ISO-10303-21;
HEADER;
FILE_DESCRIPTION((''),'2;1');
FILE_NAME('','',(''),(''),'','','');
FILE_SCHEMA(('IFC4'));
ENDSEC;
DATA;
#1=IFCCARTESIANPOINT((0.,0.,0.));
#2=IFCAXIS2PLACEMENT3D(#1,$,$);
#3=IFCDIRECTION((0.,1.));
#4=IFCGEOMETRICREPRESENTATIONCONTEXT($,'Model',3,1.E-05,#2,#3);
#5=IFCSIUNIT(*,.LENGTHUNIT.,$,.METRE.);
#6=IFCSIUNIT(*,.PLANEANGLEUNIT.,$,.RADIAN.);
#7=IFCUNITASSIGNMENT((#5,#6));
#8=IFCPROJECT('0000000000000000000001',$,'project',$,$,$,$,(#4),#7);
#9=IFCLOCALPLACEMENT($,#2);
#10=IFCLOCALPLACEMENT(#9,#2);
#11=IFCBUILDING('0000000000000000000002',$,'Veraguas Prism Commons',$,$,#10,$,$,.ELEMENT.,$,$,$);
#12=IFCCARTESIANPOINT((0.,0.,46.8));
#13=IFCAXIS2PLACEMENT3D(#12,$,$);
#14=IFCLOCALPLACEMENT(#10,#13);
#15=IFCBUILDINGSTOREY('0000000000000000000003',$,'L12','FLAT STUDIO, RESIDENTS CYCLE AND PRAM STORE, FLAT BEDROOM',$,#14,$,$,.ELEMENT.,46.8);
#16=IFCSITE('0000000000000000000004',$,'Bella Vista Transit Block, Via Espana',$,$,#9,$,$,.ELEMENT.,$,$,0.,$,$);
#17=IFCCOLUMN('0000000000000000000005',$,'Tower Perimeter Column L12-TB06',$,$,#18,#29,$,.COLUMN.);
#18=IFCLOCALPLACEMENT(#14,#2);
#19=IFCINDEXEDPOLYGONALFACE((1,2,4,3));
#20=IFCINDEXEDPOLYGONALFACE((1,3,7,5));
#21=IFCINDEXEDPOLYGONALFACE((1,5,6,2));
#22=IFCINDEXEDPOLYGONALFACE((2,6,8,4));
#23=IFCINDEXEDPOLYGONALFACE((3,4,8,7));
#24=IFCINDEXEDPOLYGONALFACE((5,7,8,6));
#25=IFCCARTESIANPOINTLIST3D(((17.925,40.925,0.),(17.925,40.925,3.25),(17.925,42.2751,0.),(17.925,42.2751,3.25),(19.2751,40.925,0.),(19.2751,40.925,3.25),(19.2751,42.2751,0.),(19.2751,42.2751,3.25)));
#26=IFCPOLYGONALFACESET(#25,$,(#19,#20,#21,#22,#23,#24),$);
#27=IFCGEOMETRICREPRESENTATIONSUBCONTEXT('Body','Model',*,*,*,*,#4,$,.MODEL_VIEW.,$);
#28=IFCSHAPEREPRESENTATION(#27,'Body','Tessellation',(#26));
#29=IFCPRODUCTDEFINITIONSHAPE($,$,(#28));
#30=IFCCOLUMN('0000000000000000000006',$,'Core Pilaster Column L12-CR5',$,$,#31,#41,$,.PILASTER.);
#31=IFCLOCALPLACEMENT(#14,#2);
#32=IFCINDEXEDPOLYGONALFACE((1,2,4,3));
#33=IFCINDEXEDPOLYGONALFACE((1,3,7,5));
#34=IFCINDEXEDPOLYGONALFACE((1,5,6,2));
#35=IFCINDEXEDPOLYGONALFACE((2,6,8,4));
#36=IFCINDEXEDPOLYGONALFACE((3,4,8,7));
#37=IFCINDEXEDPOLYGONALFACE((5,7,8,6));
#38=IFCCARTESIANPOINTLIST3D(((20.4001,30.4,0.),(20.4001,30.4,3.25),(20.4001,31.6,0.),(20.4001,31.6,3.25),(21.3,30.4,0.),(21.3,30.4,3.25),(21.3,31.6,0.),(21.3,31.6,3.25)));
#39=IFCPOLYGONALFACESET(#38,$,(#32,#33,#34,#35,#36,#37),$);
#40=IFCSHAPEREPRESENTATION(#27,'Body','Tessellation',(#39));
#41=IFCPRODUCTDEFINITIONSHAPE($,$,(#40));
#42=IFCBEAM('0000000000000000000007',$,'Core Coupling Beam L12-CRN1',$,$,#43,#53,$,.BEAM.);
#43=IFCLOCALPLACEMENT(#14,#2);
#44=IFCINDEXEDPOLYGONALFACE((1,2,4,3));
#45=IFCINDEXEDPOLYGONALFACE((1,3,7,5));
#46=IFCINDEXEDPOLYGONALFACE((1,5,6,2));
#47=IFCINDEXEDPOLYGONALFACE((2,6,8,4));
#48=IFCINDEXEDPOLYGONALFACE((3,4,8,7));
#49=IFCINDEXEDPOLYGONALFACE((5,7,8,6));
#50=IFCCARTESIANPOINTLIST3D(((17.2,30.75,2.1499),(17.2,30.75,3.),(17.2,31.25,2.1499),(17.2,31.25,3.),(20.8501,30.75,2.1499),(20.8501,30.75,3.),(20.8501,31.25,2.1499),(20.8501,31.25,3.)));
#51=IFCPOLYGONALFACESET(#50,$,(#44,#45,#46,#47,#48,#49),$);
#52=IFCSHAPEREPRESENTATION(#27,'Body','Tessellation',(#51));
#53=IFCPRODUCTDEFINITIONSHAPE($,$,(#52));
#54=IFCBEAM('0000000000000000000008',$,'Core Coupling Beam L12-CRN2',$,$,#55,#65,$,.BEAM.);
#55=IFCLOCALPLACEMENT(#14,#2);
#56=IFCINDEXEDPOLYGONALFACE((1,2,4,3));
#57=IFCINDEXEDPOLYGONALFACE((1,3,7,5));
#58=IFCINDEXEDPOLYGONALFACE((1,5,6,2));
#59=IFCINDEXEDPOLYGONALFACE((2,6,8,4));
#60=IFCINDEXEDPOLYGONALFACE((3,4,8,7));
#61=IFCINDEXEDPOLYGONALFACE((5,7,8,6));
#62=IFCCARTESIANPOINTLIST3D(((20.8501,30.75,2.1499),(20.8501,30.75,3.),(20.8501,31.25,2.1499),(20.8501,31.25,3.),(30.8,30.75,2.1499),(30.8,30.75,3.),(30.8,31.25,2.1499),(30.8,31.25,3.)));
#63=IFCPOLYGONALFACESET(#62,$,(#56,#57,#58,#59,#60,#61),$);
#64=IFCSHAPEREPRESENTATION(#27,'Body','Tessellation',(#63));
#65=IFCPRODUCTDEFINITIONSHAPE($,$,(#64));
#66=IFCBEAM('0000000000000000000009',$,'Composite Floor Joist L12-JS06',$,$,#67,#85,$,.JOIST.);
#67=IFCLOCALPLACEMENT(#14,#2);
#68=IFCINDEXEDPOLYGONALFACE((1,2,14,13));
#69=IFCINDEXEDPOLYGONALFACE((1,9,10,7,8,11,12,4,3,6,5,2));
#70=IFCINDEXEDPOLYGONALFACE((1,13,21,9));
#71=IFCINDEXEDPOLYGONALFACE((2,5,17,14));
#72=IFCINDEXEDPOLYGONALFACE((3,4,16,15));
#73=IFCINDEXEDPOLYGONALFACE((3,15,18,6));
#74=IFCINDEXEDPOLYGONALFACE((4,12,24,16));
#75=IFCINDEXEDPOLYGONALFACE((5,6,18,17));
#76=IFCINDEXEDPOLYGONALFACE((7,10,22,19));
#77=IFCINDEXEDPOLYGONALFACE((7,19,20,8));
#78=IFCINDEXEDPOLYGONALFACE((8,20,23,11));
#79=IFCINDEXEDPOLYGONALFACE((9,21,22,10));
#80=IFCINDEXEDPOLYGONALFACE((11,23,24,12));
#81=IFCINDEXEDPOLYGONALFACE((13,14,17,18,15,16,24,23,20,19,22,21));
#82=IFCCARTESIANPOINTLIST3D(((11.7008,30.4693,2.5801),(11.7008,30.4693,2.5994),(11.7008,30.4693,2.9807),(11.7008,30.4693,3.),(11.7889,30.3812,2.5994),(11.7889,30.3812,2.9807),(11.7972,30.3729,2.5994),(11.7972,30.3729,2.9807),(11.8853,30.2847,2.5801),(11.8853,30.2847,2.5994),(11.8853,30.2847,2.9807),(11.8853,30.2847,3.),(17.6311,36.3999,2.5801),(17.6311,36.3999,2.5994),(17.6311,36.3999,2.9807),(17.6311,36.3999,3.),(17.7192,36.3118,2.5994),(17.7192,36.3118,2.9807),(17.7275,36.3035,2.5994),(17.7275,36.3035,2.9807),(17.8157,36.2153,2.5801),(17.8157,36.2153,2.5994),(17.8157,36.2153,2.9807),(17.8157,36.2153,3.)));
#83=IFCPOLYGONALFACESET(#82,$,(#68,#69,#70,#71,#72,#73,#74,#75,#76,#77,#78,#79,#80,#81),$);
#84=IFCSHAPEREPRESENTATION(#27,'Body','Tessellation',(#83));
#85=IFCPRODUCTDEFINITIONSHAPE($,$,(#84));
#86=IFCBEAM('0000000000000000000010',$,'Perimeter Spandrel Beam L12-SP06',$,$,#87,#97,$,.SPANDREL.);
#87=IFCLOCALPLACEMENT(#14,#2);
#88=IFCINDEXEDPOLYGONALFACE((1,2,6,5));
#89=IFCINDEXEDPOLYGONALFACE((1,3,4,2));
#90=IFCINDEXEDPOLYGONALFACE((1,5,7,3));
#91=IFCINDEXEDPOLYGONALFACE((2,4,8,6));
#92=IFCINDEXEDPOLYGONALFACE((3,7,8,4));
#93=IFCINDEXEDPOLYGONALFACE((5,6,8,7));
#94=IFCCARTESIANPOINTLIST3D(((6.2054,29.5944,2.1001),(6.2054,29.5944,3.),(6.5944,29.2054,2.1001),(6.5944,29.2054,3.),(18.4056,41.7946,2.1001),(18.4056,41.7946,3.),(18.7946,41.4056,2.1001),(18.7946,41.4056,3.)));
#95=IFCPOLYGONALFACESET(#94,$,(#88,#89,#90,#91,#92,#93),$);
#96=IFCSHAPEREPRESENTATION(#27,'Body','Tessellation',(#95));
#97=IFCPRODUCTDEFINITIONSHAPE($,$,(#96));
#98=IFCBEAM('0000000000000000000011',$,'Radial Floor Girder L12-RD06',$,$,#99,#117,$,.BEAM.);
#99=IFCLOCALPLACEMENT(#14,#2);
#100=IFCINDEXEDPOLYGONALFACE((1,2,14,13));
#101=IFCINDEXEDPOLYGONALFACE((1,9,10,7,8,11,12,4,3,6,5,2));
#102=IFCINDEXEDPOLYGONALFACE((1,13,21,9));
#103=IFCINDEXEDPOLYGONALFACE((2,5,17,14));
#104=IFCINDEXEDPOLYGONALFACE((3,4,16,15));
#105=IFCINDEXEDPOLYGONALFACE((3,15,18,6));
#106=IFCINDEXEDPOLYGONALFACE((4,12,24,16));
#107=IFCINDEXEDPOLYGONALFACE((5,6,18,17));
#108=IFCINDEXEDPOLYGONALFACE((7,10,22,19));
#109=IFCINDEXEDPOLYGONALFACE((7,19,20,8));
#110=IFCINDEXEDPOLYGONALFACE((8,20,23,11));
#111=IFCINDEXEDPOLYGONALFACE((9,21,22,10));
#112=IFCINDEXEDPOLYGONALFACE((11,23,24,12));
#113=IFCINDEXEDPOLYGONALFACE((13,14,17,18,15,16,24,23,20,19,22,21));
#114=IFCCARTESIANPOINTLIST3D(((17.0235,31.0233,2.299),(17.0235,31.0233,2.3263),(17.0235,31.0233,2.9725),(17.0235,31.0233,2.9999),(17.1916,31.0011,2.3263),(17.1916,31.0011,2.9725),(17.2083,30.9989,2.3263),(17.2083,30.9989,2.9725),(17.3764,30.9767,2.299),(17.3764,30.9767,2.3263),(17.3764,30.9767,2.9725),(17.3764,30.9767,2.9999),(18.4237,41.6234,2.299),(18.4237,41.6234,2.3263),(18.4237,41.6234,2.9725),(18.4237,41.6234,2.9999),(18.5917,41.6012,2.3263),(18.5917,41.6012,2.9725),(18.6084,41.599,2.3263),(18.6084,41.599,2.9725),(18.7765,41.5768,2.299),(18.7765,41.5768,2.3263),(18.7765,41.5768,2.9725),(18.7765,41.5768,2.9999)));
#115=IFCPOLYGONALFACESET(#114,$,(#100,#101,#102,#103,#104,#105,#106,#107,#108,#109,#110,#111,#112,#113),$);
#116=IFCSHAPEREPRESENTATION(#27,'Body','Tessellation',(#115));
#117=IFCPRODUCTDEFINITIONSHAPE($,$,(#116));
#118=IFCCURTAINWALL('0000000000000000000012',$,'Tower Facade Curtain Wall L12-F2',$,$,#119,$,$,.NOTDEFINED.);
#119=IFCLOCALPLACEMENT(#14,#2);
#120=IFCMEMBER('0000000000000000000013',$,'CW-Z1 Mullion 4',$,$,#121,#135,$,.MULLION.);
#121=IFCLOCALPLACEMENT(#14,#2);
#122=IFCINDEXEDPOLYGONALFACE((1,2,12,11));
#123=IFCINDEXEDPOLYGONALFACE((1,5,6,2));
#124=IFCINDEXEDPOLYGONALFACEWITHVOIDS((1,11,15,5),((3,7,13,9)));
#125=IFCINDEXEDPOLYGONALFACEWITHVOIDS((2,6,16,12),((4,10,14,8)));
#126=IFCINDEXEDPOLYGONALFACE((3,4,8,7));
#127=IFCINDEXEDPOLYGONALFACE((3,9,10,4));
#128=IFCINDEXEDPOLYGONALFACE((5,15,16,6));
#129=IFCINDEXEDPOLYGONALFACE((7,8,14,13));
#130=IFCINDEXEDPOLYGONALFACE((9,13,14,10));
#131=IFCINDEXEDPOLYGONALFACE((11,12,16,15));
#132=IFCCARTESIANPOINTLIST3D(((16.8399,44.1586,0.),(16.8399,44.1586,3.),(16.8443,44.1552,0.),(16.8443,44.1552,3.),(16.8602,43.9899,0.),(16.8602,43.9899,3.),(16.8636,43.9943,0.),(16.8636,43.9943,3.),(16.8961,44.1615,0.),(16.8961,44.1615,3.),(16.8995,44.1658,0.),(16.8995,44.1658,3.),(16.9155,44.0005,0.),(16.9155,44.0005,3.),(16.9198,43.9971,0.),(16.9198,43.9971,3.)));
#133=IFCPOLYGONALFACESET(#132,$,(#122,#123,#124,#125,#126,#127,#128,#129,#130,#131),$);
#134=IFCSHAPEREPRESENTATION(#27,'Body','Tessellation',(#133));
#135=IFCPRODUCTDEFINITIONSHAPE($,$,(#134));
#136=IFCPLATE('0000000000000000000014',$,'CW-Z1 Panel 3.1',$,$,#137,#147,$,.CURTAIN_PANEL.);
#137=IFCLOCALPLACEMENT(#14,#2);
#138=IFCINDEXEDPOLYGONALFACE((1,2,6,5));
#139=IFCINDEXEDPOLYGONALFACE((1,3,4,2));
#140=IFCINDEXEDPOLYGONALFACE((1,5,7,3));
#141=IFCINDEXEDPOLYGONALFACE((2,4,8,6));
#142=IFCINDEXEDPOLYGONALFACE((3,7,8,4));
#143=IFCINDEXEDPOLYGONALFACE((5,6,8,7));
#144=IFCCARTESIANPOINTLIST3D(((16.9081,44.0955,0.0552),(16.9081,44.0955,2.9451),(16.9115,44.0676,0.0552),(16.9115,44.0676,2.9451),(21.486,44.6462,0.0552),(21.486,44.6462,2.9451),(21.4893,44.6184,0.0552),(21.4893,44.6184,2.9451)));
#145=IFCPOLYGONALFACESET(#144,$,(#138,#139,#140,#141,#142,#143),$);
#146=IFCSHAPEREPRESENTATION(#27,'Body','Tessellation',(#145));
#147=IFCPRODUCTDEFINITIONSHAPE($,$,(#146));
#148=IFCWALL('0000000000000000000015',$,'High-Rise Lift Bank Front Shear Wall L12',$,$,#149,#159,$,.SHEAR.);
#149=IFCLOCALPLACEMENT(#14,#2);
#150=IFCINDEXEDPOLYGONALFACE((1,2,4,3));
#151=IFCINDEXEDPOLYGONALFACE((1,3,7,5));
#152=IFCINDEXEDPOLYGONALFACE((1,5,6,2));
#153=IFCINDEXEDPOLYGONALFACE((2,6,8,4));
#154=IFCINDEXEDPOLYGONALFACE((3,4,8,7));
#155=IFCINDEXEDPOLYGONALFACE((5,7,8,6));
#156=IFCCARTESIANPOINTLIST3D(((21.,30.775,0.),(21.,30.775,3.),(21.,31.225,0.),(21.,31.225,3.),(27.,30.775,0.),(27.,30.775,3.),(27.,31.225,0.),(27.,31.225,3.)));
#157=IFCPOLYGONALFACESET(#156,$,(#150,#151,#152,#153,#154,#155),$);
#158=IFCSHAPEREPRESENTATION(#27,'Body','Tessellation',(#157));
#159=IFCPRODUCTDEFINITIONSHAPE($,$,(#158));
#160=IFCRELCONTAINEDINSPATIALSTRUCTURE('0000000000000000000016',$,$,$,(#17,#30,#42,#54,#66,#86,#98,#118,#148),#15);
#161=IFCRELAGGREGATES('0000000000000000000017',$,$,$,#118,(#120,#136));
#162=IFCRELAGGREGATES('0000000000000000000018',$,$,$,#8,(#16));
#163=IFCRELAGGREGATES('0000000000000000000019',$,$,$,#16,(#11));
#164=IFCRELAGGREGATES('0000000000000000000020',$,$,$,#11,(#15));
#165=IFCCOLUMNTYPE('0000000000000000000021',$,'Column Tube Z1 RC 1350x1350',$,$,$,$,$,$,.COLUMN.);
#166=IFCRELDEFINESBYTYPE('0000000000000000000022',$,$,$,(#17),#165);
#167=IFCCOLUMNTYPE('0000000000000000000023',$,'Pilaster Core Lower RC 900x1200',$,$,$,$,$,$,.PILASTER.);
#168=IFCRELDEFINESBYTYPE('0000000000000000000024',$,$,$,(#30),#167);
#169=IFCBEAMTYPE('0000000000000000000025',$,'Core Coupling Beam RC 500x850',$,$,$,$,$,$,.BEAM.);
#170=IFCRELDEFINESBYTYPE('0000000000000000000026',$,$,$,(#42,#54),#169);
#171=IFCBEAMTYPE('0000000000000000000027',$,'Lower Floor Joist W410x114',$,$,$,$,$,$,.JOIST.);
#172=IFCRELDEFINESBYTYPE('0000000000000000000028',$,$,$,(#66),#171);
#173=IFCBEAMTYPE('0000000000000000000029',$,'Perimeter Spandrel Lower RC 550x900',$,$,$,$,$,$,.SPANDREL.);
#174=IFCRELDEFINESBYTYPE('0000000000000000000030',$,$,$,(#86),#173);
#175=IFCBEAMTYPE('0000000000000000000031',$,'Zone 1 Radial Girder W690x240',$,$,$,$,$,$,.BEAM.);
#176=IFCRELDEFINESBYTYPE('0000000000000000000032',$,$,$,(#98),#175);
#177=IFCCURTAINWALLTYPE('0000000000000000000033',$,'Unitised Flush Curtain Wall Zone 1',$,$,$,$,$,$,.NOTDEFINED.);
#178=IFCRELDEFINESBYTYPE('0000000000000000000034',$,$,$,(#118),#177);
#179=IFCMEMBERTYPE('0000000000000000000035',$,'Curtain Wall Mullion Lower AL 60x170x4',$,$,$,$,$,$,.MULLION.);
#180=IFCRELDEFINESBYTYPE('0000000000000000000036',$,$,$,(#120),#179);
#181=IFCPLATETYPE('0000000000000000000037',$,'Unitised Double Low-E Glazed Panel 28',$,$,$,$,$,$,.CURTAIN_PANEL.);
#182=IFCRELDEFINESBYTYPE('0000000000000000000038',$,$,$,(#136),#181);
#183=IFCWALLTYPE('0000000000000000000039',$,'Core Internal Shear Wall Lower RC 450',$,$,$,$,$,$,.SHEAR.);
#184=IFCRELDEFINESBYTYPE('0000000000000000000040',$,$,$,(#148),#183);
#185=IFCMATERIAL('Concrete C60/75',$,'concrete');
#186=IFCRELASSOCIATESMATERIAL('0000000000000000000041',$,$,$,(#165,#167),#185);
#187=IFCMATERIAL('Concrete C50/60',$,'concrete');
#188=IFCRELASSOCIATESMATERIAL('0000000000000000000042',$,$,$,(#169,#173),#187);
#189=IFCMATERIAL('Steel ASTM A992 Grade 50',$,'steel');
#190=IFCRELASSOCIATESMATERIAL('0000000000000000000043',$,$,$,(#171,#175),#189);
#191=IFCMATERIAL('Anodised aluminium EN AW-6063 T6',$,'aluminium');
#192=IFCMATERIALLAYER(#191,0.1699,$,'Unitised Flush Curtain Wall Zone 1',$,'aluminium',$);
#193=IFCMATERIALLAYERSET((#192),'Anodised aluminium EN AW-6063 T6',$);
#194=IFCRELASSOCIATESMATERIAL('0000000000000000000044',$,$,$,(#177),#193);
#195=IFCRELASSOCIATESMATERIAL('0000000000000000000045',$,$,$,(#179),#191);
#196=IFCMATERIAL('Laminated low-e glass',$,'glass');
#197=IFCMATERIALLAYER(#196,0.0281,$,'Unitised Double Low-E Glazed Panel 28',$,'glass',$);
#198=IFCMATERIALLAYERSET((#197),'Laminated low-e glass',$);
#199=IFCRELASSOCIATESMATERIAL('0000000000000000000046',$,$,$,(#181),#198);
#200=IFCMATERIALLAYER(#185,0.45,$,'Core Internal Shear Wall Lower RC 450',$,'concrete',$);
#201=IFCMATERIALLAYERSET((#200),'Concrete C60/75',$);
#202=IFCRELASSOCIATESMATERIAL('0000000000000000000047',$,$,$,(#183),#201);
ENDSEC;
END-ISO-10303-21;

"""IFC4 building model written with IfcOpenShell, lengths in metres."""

from ifc_helpers import new_model, si_unit, direction, frame, frame_2d, origin, origin_2d, place, context, subcontext, project, spatial, rectangle, hollow_rectangle, i_section, extrude, source, transform, mapped, material, layer, layer_set, material_profile, profile_set, type_object, element, aggregate, save


model = new_model("IFC4")

# Units and contexts
model_context = context("Model", 3, precision=1e-05, world=origin(), true_north=direction((0.0, 1.0)))
body_context = subcontext(model_context, "Body", "Model", "MODEL_VIEW")
ifc_project = project(units=[si_unit("LENGTHUNIT", "METRE"), si_unit("PLANEANGLEUNIT", "RADIAN")], contexts=[model_context])

# Site, building, storey
site_placement = place(None, origin())
site = spatial("IfcSite", under=ifc_project, at=site_placement, Name="Bella Vista Transit Block, Via Espana", CompositionType="ELEMENT", RefElevation=0.0)
building_placement = place(site_placement, origin())
building = spatial("IfcBuilding", under=site, at=building_placement, Name="Veraguas Prism Commons", CompositionType="ELEMENT")
storey_placement = place(building_placement, frame((0.0, 0.0, 46.8)))
storey = spatial("IfcBuildingStorey", under=building, at=storey_placement, Name="L12", Description="FLAT STUDIO, RESIDENTS CYCLE AND PRAM STORE, FLAT BEDROOM", CompositionType="ELEMENT", Elevation=46.8)

# Columns
ifc_material_1 = material(Name="Concrete C60/75", Category="concrete")
ifc_material_profile_1 = material_profile(ifc_material_1, rectangle(XDim=1.3501, YDim=1.3501, at=origin_2d()), Name="RC1350X1350")
ifc_profile_set_1 = profile_set([ifc_material_profile_1], Name="Concrete C60/75")
column_type_1 = type_object("IfcColumnType", Name="Column Tube Z1 RC 1350x1350", PredefinedType="COLUMN", material=ifc_profile_set_1)
column_1_placement = place(storey_placement, frame((18.6001, 41.6001, 0.0), z_axis=(0.0, 0.0, 1.0), x_axis=(1.0, 0.0, 0.0)))
element("IfcColumn", 1, at=column_1_placement, inside=storey, type_object=column_type_1, Name="Tower Perimeter Column L12-TB06", PredefinedType="COLUMN", context=body_context, shape_type="SweptSolid", body=[
    extrude(rectangle(XDim=1.3501, YDim=1.3501, at=origin_2d()), origin(), (0.0, 0.0, 1.0), 3.25),
])
ifc_material_profile_2 = material_profile(ifc_material_1, rectangle(XDim=0.8999, YDim=1.2, at=origin_2d()), Name="RC900X1200")
ifc_profile_set_2 = profile_set([ifc_material_profile_2], Name="Concrete C60/75")
column_type_2 = type_object("IfcColumnType", Name="Pilaster Core Lower RC 900x1200", PredefinedType="PILASTER", material=ifc_profile_set_2)
column_2_placement = place(storey_placement, frame((20.8501, 31.0, 0.0), z_axis=(0.0, 0.0, 1.0), x_axis=(1.0, 0.0, 0.0)))
element("IfcColumn", 2, at=column_2_placement, inside=storey, type_object=column_type_2, Name="Core Pilaster Column L12-CR5", PredefinedType="PILASTER", context=body_context, shape_type="SweptSolid", body=[
    extrude(rectangle(XDim=0.8999, YDim=1.2, at=origin_2d()), origin(), (0.0, 0.0, 1.0), 3.25),
])

# Beams
ifc_material_2 = material(Name="Concrete C50/60", Category="concrete")
ifc_material_profile_3 = material_profile(ifc_material_2, rectangle(XDim=0.5, YDim=0.8501, at=origin_2d()), Name="RC500X850")
ifc_profile_set_3 = profile_set([ifc_material_profile_3], Name="Concrete C50/60")
beam_type_1 = type_object("IfcBeamType", Name="Core Coupling Beam RC 500x850", PredefinedType="BEAM", material=ifc_profile_set_3)
beam_1_placement = place(storey_placement, frame((17.2, 31.0, 2.575), z_axis=(1.0, 0.0, 0.0), x_axis=(0.0, 1.0, 0.0)))
element("IfcBeam", 3, at=beam_1_placement, inside=storey, type_object=beam_type_1, Name="Core Coupling Beam L12-CRN1", PredefinedType="BEAM", context=body_context, shape_type="SweptSolid", body=[
    extrude(rectangle(XDim=0.5, YDim=0.8501, at=origin_2d()), origin(), (0.0, 0.0, 1.0), 3.6501),
])
beam_2_placement = place(storey_placement, frame((20.8501, 31.0, 2.575), z_axis=(1.0, 0.0, 0.0), x_axis=(0.0, 1.0, 0.0)))
element("IfcBeam", 4, at=beam_2_placement, inside=storey, type_object=beam_type_1, Name="Core Coupling Beam L12-CRN2", PredefinedType="BEAM", context=body_context, shape_type="SweptSolid", body=[
    extrude(rectangle(XDim=0.5, YDim=0.8501, at=origin_2d()), origin(), (0.0, 0.0, 1.0), 9.95),
])
ifc_material_3 = material(Name="Steel ASTM A992 Grade 50", Category="steel")
ifc_material_profile_4 = material_profile(ifc_material_3, i_section(OverallWidth=0.261, OverallDepth=0.4199, WebThickness=0.0117, FlangeThickness=0.0193, at=origin_2d()), Name="W410X114")
ifc_profile_set_4 = profile_set([ifc_material_profile_4], Name="Steel ASTM A992 Grade 50")
beam_type_2 = type_object("IfcBeamType", Name="Lower Floor Joist W410x114", PredefinedType="JOIST", material=ifc_profile_set_4)
beam_3_placement = place(storey_placement, frame((17.7234, 36.3076, 2.79), z_axis=(-0.707092, -0.707121, 0.0), x_axis=(0.707121, -0.707092, 0.0)))
element("IfcBeam", 5, at=beam_3_placement, inside=storey, type_object=beam_type_2, Name="Composite Floor Joist L12-JS06", PredefinedType="JOIST", context=body_context, shape_type="SweptSolid", body=[
    extrude(i_section(OverallWidth=0.261, OverallDepth=0.4199, WebThickness=0.0117, FlangeThickness=0.0193, at=origin_2d()), origin(), (0.0, 0.0, 1.0), 8.387),
])
ifc_material_profile_5 = material_profile(ifc_material_2, rectangle(XDim=0.55, YDim=0.8999, at=origin_2d()), Name="RC550X900")
ifc_profile_set_5 = profile_set([ifc_material_profile_5], Name="Concrete C50/60")
beam_type_3 = type_object("IfcBeamType", Name="Perimeter Spandrel Lower RC 550x900", PredefinedType="SPANDREL", material=ifc_profile_set_5)
beam_4_placement = place(storey_placement, frame((18.6001, 41.6001, 2.55), z_axis=(-0.707107, -0.707107, 0.0), x_axis=(0.707107, -0.707107, 0.0)))
element("IfcBeam", 6, at=beam_4_placement, inside=storey, type_object=beam_type_3, Name="Perimeter Spandrel Beam L12-SP06", PredefinedType="SPANDREL", context=body_context, shape_type="SweptSolid", body=[
    extrude(rectangle(XDim=0.55, YDim=0.8999, at=origin_2d()), origin(), (0.0, 0.0, 1.0), 17.2537),
])
ifc_material_profile_6 = material_profile(ifc_material_3, i_section(OverallWidth=0.356, OverallDepth=0.7009, WebThickness=0.0168, FlangeThickness=0.0273, at=origin_2d()), Name="W690X240")
ifc_profile_set_6 = profile_set([ifc_material_profile_6], Name="Steel ASTM A992 Grade 50")
beam_type_4 = type_object("IfcBeamType", Name="Zone 1 Radial Girder W690x240", PredefinedType="BEAM", material=ifc_profile_set_6)
beam_5_placement = place(storey_placement, frame((18.6001, 41.6001, 2.6494), z_axis=(-0.130951, -0.991389, 0.0), x_axis=(0.991389, -0.130951, 0.0)))
element("IfcBeam", 7, at=beam_5_placement, inside=storey, type_object=beam_type_4, Name="Radial Floor Girder L12-RD06", PredefinedType="BEAM", context=body_context, shape_type="SweptSolid", body=[
    extrude(i_section(OverallWidth=0.356, OverallDepth=0.7009, WebThickness=0.0168, FlangeThickness=0.0273, at=origin_2d()), origin(), (0.0, 0.0, 1.0), 10.6921),
])

# Curtain wall, member, plate
ifc_material_4 = material(Name="Anodised aluminium EN AW-6063 T6", Category="aluminium")
ifc_layer_1 = layer(ifc_material_4, 0.1699, Name="Unitised Flush Curtain Wall Zone 1", Category="aluminium")
ifc_layer_set_1 = layer_set([ifc_layer_1], Name="Anodised aluminium EN AW-6063 T6")
curtain_wall_type = type_object("IfcCurtainWallType", Name="Unitised Flush Curtain Wall Zone 1", PredefinedType="NOTDEFINED", material=ifc_layer_set_1)
curtain_wall_placement = place(storey_placement, origin())
curtain_wall = element("IfcCurtainWall", 8, at=curtain_wall_placement, inside=storey, type_object=curtain_wall_type, Name="Tower Facade Curtain Wall L12-F2", PredefinedType="NOTDEFINED")
ifc_material_profile_7 = material_profile(ifc_material_4, hollow_rectangle(XDim=0.0601, YDim=0.1699, WallThickness=0.0039, at=origin_2d()), Name="AL60X170X4")
ifc_profile_set_7 = profile_set([ifc_material_profile_7], Name="Anodised aluminium EN AW-6063 T6")
member_type = type_object("IfcMemberType", Name="Curtain Wall Mullion Lower AL 60x170x4", PredefinedType="MULLION", material=ifc_profile_set_7)
shared_shape_1 = source(origin(), body_context, "Body", "SweptSolid", [
    extrude(hollow_rectangle(XDim=0.0601, YDim=0.1699, WallThickness=0.0039, at=origin_2d()), origin(), (0.0, 0.0, 1.0), 3.0),
])
member_placement = place(storey_placement, frame((16.8799, 44.0779, 0.0), z_axis=(0.0, 0.0, 1.0), x_axis=(-0.992841, -0.11944, 0.0)))
member = element("IfcMember", 9, at=member_placement, type_object=member_type, Name="CW-Z1 Mullion 4", PredefinedType="MULLION", context=body_context, shape_type="MappedRepresentation", body=[
    mapped(shared_shape_1, transform((0.0, 0.0, 0.0), scale=1.0)),
])
ifc_material_5 = material(Name="Laminated low-e glass", Category="glass")
ifc_layer_2 = layer(ifc_material_5, 0.0281, Name="Unitised Double Low-E Glazed Panel 28", Category="glass")
ifc_layer_set_2 = layer_set([ifc_layer_2], Name="Laminated low-e glass")
plate_type = type_object("IfcPlateType", Name="Unitised Double Low-E Glazed Panel 28", PredefinedType="CURTAIN_PANEL", material=ifc_layer_set_2)
shared_shape_2 = source(origin(), body_context, "Body", "SweptSolid", [
    extrude(rectangle(XDim=4.6108, YDim=0.0281, at=origin_2d()), origin(), (0.0, 0.0, 1.0), 2.8899),
])
plate_placement = place(storey_placement, frame((19.1987, 44.3569, 0.0552), z_axis=(0.0, 0.0, 1.0), x_axis=(-0.992841, -0.11944, 0.0)))
plate = element("IfcPlate", 10, at=plate_placement, type_object=plate_type, Name="CW-Z1 Panel 3.1", PredefinedType="CURTAIN_PANEL", context=body_context, shape_type="MappedRepresentation", body=[
    mapped(shared_shape_2, transform((0.0, 0.0, 0.0), scale=1.0)),
])
aggregate(curtain_wall, [member, plate])

# Wall
ifc_layer_3 = layer(ifc_material_1, 0.45, Name="Core Internal Shear Wall Lower RC 450", Category="concrete")
ifc_layer_set_3 = layer_set([ifc_layer_3], Name="Concrete C60/75")
wall_type_1 = type_object("IfcWallType", Name="Core Internal Shear Wall Lower RC 450", PredefinedType="SHEAR", material=ifc_layer_set_3)
wall_1_placement = place(storey_placement, frame((21.0, 31.0, 0.0), z_axis=(0.0, 0.0, 1.0), x_axis=(1.0, 0.0, 0.0)))
element("IfcWall", 11, at=wall_1_placement, inside=storey, type_object=wall_type_1, Name="High-Rise Lift Bank Front Shear Wall L12", PredefinedType="SHEAR", context=body_context, shape_type="SweptSolid", body=[
    extrude(rectangle(XDim=6.0, YDim=0.45, at=frame_2d((3.0, 0.0))), origin(), (0.0, 0.0, 1.0), 3.0),
])

save(model, "model.ifc")
